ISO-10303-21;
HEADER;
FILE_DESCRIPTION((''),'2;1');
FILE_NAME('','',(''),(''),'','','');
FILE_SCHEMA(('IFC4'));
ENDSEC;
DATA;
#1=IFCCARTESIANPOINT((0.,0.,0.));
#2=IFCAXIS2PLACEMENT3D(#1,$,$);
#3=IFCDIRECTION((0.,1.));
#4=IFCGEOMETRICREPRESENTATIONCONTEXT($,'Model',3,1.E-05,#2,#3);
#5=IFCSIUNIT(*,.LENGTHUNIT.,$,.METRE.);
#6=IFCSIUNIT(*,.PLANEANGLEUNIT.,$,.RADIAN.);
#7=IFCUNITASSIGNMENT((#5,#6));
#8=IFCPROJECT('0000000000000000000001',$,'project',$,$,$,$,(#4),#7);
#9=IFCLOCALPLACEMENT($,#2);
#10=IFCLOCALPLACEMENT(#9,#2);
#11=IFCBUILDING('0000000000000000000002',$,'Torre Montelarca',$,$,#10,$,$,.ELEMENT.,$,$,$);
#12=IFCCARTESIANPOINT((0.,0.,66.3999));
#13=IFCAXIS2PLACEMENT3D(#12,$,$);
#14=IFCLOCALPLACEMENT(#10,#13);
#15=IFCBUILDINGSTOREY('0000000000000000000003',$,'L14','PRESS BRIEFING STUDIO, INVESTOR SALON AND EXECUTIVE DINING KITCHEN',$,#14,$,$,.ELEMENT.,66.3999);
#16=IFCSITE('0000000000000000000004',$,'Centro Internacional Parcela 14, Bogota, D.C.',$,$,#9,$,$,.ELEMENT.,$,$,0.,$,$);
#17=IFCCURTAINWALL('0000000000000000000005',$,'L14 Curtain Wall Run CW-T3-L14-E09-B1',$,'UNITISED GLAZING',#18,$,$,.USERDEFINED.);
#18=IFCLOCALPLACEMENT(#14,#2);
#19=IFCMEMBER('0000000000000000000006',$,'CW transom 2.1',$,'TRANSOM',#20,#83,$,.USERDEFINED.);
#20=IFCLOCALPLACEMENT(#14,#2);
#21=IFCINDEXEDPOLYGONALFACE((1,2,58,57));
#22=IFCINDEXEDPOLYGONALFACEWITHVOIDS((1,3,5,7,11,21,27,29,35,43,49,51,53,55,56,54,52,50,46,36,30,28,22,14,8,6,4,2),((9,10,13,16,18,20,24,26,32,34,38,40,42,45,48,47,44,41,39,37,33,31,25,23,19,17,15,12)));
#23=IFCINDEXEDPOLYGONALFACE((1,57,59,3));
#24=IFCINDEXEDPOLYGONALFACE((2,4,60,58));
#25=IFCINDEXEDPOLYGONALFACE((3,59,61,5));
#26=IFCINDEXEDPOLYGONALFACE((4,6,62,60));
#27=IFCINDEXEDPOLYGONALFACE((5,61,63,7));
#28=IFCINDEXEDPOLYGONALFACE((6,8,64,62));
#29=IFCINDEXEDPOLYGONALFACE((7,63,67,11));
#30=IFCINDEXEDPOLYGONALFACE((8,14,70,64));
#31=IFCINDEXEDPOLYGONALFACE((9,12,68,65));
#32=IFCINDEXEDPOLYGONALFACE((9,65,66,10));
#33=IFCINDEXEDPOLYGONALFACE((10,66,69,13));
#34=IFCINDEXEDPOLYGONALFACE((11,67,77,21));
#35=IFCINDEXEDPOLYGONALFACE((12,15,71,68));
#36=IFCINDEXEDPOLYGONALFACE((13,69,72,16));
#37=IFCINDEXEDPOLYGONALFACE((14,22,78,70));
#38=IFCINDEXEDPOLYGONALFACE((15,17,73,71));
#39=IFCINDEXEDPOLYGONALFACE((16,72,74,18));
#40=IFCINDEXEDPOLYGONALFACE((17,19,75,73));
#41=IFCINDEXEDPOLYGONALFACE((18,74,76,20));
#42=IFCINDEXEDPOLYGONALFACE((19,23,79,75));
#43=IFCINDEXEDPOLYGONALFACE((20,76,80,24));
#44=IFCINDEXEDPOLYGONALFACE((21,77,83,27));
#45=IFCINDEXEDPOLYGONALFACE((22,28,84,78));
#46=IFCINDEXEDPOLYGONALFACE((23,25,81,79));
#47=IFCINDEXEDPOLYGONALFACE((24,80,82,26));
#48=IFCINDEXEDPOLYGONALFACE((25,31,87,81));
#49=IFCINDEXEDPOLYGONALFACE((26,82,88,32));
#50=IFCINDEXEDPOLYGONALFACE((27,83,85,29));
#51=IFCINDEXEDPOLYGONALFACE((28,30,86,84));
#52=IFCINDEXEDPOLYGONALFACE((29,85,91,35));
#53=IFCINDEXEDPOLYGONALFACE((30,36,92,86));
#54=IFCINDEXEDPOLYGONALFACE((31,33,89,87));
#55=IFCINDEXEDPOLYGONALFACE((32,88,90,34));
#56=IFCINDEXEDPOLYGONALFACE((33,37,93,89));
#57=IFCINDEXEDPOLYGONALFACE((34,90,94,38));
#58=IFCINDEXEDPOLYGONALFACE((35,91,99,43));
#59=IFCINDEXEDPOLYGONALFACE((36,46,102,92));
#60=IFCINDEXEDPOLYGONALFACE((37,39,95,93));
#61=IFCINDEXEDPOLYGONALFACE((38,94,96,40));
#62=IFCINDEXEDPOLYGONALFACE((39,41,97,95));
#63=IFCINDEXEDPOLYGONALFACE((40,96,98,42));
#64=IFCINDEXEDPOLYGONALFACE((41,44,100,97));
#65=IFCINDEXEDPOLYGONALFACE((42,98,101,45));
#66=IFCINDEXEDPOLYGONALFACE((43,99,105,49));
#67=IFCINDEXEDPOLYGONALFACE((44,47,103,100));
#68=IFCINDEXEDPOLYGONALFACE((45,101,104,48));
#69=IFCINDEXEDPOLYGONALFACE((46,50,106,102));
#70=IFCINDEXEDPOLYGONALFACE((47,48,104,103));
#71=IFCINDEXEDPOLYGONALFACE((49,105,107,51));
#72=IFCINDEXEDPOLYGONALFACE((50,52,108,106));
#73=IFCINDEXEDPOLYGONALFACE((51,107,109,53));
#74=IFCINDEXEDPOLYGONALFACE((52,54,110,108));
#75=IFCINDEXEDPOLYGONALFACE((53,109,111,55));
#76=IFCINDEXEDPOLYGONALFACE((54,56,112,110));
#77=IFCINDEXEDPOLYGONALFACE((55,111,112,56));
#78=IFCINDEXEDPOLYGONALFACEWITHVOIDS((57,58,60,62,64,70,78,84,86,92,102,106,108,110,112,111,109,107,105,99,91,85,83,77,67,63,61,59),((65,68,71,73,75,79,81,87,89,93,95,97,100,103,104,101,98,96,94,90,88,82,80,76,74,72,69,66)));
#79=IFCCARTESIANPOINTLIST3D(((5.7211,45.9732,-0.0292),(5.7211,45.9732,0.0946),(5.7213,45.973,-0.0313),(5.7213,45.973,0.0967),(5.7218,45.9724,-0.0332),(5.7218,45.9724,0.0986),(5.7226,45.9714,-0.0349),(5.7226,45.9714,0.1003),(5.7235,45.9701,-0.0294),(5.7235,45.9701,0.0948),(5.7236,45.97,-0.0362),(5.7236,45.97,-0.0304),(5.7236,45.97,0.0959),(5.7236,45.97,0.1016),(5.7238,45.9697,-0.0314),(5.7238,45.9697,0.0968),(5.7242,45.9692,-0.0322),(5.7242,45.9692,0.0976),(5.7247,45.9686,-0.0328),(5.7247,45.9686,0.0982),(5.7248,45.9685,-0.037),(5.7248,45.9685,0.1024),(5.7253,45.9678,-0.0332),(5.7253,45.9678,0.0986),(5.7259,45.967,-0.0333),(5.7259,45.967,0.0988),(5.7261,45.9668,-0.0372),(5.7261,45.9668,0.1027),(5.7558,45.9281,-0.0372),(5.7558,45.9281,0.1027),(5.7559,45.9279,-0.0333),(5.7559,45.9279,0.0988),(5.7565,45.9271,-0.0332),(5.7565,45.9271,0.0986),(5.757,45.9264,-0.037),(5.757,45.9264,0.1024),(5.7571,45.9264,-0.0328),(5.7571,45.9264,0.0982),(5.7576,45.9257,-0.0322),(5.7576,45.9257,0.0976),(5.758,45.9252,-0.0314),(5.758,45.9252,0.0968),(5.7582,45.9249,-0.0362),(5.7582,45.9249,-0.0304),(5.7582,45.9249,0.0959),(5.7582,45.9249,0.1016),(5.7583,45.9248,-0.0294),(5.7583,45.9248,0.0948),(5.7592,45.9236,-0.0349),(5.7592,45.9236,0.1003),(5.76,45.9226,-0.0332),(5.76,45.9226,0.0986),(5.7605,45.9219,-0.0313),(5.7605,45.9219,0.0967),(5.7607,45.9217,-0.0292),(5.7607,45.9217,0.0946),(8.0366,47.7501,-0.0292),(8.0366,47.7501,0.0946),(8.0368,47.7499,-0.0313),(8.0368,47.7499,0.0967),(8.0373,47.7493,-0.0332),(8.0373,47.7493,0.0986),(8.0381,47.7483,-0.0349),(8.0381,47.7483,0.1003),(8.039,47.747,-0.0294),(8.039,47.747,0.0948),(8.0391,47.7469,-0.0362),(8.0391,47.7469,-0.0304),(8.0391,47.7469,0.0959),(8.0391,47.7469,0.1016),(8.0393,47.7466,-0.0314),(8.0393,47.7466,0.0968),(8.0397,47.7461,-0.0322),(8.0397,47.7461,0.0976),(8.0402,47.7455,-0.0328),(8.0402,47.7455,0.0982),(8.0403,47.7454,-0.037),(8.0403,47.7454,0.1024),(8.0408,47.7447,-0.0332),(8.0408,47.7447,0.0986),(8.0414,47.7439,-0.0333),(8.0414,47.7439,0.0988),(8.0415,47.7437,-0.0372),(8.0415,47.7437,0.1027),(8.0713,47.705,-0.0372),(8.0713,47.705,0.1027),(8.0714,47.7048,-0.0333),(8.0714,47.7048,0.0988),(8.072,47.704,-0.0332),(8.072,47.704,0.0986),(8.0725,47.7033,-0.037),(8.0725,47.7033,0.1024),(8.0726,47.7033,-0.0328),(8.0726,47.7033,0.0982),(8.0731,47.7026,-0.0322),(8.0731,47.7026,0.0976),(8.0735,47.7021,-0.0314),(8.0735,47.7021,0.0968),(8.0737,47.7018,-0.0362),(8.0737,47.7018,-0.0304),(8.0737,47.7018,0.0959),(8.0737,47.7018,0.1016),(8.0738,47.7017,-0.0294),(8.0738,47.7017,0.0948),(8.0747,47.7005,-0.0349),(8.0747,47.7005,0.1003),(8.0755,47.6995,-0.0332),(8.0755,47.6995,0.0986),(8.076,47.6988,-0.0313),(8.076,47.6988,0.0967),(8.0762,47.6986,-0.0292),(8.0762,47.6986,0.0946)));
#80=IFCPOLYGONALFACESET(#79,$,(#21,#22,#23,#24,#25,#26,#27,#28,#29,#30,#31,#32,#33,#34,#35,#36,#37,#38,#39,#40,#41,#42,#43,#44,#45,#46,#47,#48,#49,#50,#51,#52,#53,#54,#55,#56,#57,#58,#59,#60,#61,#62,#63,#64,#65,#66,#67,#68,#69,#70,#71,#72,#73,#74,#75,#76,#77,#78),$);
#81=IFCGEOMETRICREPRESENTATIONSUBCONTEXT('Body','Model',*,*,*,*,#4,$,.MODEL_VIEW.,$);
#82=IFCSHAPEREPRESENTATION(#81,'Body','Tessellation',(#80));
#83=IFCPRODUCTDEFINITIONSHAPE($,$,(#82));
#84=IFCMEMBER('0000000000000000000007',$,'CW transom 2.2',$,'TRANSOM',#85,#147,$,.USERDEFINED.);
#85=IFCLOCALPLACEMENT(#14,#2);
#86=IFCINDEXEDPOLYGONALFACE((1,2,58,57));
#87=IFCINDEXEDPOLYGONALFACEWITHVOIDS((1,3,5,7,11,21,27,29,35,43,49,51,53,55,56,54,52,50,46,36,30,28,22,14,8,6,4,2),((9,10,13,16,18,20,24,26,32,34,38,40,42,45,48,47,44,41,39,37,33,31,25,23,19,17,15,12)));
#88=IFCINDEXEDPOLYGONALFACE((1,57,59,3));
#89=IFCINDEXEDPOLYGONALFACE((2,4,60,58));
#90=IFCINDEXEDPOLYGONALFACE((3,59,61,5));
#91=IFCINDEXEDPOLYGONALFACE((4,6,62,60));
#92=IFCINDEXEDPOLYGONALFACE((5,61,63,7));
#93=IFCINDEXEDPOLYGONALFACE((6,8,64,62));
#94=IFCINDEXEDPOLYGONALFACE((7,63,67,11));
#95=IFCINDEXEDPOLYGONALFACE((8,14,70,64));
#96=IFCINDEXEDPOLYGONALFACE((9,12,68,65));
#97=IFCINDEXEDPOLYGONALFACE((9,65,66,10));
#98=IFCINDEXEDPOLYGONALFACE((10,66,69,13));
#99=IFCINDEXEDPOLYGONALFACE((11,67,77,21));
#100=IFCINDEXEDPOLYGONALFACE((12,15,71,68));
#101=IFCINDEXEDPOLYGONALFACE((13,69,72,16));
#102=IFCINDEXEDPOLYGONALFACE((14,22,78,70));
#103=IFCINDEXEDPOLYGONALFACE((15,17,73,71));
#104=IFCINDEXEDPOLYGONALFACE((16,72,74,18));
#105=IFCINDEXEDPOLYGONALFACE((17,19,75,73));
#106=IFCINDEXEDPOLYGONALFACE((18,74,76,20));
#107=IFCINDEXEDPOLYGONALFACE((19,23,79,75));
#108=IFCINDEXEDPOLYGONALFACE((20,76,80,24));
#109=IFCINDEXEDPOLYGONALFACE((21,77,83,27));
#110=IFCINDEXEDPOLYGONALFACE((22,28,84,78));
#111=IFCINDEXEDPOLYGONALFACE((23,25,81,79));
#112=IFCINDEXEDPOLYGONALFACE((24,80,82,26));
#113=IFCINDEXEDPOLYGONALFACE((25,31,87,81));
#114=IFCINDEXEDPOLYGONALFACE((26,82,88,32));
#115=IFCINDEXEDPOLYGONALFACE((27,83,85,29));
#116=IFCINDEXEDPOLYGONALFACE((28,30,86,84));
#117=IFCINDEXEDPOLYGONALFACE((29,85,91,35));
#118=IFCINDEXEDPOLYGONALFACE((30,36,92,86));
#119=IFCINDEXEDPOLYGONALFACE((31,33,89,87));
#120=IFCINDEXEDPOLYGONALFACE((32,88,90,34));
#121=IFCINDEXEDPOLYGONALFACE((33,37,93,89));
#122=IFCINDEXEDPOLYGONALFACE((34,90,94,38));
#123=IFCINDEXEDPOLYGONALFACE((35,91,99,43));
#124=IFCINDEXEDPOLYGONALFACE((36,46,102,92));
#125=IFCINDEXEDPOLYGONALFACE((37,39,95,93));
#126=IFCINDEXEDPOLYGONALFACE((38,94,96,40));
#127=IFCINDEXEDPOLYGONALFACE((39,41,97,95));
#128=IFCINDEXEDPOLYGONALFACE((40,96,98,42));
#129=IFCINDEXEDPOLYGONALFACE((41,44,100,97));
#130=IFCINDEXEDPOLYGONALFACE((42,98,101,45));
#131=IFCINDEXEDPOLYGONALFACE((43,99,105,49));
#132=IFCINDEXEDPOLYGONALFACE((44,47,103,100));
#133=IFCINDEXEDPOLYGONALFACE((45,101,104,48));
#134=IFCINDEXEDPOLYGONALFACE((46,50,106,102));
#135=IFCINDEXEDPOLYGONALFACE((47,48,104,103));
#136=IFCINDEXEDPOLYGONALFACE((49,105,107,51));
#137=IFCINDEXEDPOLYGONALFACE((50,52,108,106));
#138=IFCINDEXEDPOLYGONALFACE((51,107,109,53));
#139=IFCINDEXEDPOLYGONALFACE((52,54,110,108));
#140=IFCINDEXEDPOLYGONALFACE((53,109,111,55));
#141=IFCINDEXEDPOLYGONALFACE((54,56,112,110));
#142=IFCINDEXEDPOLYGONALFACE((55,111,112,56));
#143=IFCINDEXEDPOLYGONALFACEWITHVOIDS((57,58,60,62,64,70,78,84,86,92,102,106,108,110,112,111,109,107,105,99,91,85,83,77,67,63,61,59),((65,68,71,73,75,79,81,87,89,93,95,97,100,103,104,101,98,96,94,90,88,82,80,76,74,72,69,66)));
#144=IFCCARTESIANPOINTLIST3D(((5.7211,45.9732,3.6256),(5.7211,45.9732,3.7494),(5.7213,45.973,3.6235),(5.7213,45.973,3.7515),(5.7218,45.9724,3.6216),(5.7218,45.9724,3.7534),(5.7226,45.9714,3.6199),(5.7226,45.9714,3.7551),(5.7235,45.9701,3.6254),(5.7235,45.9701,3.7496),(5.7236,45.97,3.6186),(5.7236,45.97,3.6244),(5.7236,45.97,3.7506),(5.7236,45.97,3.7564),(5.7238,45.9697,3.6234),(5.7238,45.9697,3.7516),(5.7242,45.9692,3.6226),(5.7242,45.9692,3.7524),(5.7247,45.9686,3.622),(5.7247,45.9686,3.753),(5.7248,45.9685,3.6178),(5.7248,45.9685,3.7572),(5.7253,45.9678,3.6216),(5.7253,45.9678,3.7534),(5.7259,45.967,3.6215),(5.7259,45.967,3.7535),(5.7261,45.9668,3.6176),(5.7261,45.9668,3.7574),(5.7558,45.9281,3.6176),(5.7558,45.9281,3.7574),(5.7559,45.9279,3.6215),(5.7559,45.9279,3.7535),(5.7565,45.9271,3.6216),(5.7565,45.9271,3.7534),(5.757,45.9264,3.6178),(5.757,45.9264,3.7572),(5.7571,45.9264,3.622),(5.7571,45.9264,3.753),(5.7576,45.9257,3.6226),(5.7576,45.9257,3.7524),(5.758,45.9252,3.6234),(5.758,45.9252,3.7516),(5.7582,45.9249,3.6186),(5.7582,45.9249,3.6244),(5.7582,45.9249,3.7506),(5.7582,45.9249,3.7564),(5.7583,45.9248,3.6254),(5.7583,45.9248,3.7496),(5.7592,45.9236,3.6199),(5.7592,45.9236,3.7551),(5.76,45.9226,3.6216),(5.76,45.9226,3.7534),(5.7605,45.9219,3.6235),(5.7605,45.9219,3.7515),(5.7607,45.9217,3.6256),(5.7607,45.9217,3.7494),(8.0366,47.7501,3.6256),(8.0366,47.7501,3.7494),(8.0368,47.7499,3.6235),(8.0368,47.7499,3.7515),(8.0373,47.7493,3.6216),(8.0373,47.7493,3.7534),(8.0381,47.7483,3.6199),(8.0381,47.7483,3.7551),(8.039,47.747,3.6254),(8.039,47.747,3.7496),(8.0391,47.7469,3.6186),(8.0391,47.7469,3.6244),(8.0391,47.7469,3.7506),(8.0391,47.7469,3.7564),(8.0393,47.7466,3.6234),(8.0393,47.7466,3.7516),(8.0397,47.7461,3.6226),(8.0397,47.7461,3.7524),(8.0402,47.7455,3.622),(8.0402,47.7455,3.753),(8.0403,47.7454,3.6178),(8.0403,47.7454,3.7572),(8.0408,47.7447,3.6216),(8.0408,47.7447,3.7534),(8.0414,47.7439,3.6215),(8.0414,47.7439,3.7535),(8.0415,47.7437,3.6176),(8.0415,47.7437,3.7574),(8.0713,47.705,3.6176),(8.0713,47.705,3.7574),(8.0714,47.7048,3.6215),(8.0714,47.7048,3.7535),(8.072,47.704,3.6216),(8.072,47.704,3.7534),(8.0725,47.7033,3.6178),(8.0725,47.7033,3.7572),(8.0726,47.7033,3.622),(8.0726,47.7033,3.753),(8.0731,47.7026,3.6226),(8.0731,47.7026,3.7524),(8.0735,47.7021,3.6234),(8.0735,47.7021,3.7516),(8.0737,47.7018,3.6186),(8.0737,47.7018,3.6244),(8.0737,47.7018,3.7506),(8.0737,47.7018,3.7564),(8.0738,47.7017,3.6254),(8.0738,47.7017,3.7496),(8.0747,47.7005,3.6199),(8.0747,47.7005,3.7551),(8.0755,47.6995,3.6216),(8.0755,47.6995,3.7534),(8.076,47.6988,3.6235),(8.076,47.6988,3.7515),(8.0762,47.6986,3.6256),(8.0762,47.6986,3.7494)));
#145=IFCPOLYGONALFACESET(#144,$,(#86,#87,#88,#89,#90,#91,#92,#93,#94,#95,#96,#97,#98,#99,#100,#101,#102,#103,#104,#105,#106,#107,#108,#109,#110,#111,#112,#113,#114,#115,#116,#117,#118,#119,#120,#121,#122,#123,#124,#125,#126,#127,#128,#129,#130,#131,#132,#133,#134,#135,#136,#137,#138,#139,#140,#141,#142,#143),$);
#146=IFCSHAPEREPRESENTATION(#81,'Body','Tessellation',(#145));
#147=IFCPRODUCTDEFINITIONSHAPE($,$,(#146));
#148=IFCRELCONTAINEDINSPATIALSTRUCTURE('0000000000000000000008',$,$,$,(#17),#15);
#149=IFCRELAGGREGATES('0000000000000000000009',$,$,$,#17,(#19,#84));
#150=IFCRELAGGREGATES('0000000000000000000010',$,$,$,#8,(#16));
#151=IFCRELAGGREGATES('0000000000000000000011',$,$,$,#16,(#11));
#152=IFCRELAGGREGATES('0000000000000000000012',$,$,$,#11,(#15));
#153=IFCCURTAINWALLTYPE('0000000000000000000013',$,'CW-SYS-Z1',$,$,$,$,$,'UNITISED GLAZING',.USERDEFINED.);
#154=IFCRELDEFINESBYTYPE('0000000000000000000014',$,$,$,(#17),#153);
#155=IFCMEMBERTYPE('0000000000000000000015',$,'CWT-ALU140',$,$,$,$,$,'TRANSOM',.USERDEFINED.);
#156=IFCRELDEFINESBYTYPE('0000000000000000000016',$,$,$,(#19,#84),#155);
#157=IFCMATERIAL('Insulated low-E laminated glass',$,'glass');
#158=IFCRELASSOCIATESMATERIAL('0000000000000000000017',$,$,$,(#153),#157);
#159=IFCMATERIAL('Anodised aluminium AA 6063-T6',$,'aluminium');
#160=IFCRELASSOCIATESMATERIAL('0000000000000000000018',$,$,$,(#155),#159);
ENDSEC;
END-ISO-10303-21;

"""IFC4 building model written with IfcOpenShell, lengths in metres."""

from ifc_helpers import new_model, si_unit, direction, frame, origin, origin_2d, place, context, subcontext, project, spatial, hollow_rectangle, extrude, source, transform, mapped, material, material_profile, profile_set, type_object, element, aggregate, save


model = new_model("IFC4")

# Units and contexts
model_context = context("Model", 3, precision=1e-05, world=origin(), true_north=direction((0.0, 1.0)))
body_context = subcontext(model_context, "Body", "Model", "MODEL_VIEW")
ifc_project = project(units=[si_unit("LENGTHUNIT", "METRE"), si_unit("PLANEANGLEUNIT", "RADIAN")], contexts=[model_context])

# Site, building, storey
site_placement = place(None, origin())
site = spatial("IfcSite", under=ifc_project, at=site_placement, Name="Centro Internacional Parcela 14, Bogota, D.C.", CompositionType="ELEMENT", RefElevation=0.0)
building_placement = place(site_placement, origin())
building = spatial("IfcBuilding", under=site, at=building_placement, Name="Torre Montelarca", CompositionType="ELEMENT")
storey_placement = place(building_placement, frame((0.0, 0.0, 66.3999)))
storey = spatial("IfcBuildingStorey", under=building, at=storey_placement, Name="L14", Description="PRESS BRIEFING STUDIO, INVESTOR SALON AND EXECUTIVE DINING KITCHEN", CompositionType="ELEMENT", Elevation=66.3999)

# Curtain wall, members
ifc_material_1 = material(Name="Insulated low-E laminated glass", Category="glass")
curtain_wall_type = type_object("IfcCurtainWallType", Name="CW-SYS-Z1", ElementType="UNITISED GLAZING", PredefinedType="USERDEFINED", material=ifc_material_1)
curtain_wall_1_placement = place(storey_placement, origin())
curtain_wall_1 = element("IfcCurtainWall", 1, at=curtain_wall_1_placement, inside=storey, type_object=curtain_wall_type, Name="L14 Curtain Wall Run CW-T3-L14-E09-B1", ObjectType="UNITISED GLAZING", PredefinedType="USERDEFINED")
ifc_material_2 = material(Name="Anodised aluminium AA 6063-T6", Category="aluminium")
ifc_material_profile_1 = material_profile(ifc_material_2, hollow_rectangle(XDim=0.0649, YDim=0.1399, WallThickness=0.0039, InnerFilletRadius=0.0039, OuterFilletRadius=0.0081, at=origin_2d()), Name="ALU65X140X4", Category="aluminium")
ifc_profile_set_1 = profile_set([ifc_material_profile_1], Name="Anodised aluminium AA 6063-T6")
member_type_1 = type_object("IfcMemberType", Name="CWT-ALU140", ElementType="TRANSOM", PredefinedType="USERDEFINED", material=ifc_profile_set_1)
shared_shape_1 = source(origin(), body_context, "Body", "SweptSolid", [
    extrude(hollow_rectangle(XDim=0.0649, YDim=0.1399, WallThickness=0.0039, InnerFilletRadius=0.0039, OuterFilletRadius=0.0081, at=origin_2d()), origin(), (0.0, 0.0, 1.0), 2.9187),
])
member_1_placement = place(storey_placement, frame((8.0564, 47.7244, 0.0327), z_axis=(-0.793326, -0.608797, 0.0), x_axis=(0.608797, -0.793326, 0.0)))
member_1 = element("IfcMember", 2, at=member_1_placement, type_object=member_type_1, Name="CW transom 2.1", ObjectType="TRANSOM", PredefinedType="USERDEFINED", context=body_context, shape_type="MappedRepresentation", body=[
    mapped(shared_shape_1, transform((0.0, 0.0, 0.0), scale=1.0)),
])
member_2_placement = place(storey_placement, frame((8.0564, 47.7244, 3.6875), z_axis=(-0.793326, -0.608797, 0.0), x_axis=(0.608797, -0.793326, 0.0)))
member_2 = element("IfcMember", 3, at=member_2_placement, type_object=member_type_1, Name="CW transom 2.2", ObjectType="TRANSOM", PredefinedType="USERDEFINED", context=body_context, shape_type="MappedRepresentation", body=[
    mapped(shared_shape_1, transform((0.0, 0.0, 0.0), scale=1.0)),
])

aggregate(curtain_wall_1, [member_1, member_2])

save(model, "model.ifc")
